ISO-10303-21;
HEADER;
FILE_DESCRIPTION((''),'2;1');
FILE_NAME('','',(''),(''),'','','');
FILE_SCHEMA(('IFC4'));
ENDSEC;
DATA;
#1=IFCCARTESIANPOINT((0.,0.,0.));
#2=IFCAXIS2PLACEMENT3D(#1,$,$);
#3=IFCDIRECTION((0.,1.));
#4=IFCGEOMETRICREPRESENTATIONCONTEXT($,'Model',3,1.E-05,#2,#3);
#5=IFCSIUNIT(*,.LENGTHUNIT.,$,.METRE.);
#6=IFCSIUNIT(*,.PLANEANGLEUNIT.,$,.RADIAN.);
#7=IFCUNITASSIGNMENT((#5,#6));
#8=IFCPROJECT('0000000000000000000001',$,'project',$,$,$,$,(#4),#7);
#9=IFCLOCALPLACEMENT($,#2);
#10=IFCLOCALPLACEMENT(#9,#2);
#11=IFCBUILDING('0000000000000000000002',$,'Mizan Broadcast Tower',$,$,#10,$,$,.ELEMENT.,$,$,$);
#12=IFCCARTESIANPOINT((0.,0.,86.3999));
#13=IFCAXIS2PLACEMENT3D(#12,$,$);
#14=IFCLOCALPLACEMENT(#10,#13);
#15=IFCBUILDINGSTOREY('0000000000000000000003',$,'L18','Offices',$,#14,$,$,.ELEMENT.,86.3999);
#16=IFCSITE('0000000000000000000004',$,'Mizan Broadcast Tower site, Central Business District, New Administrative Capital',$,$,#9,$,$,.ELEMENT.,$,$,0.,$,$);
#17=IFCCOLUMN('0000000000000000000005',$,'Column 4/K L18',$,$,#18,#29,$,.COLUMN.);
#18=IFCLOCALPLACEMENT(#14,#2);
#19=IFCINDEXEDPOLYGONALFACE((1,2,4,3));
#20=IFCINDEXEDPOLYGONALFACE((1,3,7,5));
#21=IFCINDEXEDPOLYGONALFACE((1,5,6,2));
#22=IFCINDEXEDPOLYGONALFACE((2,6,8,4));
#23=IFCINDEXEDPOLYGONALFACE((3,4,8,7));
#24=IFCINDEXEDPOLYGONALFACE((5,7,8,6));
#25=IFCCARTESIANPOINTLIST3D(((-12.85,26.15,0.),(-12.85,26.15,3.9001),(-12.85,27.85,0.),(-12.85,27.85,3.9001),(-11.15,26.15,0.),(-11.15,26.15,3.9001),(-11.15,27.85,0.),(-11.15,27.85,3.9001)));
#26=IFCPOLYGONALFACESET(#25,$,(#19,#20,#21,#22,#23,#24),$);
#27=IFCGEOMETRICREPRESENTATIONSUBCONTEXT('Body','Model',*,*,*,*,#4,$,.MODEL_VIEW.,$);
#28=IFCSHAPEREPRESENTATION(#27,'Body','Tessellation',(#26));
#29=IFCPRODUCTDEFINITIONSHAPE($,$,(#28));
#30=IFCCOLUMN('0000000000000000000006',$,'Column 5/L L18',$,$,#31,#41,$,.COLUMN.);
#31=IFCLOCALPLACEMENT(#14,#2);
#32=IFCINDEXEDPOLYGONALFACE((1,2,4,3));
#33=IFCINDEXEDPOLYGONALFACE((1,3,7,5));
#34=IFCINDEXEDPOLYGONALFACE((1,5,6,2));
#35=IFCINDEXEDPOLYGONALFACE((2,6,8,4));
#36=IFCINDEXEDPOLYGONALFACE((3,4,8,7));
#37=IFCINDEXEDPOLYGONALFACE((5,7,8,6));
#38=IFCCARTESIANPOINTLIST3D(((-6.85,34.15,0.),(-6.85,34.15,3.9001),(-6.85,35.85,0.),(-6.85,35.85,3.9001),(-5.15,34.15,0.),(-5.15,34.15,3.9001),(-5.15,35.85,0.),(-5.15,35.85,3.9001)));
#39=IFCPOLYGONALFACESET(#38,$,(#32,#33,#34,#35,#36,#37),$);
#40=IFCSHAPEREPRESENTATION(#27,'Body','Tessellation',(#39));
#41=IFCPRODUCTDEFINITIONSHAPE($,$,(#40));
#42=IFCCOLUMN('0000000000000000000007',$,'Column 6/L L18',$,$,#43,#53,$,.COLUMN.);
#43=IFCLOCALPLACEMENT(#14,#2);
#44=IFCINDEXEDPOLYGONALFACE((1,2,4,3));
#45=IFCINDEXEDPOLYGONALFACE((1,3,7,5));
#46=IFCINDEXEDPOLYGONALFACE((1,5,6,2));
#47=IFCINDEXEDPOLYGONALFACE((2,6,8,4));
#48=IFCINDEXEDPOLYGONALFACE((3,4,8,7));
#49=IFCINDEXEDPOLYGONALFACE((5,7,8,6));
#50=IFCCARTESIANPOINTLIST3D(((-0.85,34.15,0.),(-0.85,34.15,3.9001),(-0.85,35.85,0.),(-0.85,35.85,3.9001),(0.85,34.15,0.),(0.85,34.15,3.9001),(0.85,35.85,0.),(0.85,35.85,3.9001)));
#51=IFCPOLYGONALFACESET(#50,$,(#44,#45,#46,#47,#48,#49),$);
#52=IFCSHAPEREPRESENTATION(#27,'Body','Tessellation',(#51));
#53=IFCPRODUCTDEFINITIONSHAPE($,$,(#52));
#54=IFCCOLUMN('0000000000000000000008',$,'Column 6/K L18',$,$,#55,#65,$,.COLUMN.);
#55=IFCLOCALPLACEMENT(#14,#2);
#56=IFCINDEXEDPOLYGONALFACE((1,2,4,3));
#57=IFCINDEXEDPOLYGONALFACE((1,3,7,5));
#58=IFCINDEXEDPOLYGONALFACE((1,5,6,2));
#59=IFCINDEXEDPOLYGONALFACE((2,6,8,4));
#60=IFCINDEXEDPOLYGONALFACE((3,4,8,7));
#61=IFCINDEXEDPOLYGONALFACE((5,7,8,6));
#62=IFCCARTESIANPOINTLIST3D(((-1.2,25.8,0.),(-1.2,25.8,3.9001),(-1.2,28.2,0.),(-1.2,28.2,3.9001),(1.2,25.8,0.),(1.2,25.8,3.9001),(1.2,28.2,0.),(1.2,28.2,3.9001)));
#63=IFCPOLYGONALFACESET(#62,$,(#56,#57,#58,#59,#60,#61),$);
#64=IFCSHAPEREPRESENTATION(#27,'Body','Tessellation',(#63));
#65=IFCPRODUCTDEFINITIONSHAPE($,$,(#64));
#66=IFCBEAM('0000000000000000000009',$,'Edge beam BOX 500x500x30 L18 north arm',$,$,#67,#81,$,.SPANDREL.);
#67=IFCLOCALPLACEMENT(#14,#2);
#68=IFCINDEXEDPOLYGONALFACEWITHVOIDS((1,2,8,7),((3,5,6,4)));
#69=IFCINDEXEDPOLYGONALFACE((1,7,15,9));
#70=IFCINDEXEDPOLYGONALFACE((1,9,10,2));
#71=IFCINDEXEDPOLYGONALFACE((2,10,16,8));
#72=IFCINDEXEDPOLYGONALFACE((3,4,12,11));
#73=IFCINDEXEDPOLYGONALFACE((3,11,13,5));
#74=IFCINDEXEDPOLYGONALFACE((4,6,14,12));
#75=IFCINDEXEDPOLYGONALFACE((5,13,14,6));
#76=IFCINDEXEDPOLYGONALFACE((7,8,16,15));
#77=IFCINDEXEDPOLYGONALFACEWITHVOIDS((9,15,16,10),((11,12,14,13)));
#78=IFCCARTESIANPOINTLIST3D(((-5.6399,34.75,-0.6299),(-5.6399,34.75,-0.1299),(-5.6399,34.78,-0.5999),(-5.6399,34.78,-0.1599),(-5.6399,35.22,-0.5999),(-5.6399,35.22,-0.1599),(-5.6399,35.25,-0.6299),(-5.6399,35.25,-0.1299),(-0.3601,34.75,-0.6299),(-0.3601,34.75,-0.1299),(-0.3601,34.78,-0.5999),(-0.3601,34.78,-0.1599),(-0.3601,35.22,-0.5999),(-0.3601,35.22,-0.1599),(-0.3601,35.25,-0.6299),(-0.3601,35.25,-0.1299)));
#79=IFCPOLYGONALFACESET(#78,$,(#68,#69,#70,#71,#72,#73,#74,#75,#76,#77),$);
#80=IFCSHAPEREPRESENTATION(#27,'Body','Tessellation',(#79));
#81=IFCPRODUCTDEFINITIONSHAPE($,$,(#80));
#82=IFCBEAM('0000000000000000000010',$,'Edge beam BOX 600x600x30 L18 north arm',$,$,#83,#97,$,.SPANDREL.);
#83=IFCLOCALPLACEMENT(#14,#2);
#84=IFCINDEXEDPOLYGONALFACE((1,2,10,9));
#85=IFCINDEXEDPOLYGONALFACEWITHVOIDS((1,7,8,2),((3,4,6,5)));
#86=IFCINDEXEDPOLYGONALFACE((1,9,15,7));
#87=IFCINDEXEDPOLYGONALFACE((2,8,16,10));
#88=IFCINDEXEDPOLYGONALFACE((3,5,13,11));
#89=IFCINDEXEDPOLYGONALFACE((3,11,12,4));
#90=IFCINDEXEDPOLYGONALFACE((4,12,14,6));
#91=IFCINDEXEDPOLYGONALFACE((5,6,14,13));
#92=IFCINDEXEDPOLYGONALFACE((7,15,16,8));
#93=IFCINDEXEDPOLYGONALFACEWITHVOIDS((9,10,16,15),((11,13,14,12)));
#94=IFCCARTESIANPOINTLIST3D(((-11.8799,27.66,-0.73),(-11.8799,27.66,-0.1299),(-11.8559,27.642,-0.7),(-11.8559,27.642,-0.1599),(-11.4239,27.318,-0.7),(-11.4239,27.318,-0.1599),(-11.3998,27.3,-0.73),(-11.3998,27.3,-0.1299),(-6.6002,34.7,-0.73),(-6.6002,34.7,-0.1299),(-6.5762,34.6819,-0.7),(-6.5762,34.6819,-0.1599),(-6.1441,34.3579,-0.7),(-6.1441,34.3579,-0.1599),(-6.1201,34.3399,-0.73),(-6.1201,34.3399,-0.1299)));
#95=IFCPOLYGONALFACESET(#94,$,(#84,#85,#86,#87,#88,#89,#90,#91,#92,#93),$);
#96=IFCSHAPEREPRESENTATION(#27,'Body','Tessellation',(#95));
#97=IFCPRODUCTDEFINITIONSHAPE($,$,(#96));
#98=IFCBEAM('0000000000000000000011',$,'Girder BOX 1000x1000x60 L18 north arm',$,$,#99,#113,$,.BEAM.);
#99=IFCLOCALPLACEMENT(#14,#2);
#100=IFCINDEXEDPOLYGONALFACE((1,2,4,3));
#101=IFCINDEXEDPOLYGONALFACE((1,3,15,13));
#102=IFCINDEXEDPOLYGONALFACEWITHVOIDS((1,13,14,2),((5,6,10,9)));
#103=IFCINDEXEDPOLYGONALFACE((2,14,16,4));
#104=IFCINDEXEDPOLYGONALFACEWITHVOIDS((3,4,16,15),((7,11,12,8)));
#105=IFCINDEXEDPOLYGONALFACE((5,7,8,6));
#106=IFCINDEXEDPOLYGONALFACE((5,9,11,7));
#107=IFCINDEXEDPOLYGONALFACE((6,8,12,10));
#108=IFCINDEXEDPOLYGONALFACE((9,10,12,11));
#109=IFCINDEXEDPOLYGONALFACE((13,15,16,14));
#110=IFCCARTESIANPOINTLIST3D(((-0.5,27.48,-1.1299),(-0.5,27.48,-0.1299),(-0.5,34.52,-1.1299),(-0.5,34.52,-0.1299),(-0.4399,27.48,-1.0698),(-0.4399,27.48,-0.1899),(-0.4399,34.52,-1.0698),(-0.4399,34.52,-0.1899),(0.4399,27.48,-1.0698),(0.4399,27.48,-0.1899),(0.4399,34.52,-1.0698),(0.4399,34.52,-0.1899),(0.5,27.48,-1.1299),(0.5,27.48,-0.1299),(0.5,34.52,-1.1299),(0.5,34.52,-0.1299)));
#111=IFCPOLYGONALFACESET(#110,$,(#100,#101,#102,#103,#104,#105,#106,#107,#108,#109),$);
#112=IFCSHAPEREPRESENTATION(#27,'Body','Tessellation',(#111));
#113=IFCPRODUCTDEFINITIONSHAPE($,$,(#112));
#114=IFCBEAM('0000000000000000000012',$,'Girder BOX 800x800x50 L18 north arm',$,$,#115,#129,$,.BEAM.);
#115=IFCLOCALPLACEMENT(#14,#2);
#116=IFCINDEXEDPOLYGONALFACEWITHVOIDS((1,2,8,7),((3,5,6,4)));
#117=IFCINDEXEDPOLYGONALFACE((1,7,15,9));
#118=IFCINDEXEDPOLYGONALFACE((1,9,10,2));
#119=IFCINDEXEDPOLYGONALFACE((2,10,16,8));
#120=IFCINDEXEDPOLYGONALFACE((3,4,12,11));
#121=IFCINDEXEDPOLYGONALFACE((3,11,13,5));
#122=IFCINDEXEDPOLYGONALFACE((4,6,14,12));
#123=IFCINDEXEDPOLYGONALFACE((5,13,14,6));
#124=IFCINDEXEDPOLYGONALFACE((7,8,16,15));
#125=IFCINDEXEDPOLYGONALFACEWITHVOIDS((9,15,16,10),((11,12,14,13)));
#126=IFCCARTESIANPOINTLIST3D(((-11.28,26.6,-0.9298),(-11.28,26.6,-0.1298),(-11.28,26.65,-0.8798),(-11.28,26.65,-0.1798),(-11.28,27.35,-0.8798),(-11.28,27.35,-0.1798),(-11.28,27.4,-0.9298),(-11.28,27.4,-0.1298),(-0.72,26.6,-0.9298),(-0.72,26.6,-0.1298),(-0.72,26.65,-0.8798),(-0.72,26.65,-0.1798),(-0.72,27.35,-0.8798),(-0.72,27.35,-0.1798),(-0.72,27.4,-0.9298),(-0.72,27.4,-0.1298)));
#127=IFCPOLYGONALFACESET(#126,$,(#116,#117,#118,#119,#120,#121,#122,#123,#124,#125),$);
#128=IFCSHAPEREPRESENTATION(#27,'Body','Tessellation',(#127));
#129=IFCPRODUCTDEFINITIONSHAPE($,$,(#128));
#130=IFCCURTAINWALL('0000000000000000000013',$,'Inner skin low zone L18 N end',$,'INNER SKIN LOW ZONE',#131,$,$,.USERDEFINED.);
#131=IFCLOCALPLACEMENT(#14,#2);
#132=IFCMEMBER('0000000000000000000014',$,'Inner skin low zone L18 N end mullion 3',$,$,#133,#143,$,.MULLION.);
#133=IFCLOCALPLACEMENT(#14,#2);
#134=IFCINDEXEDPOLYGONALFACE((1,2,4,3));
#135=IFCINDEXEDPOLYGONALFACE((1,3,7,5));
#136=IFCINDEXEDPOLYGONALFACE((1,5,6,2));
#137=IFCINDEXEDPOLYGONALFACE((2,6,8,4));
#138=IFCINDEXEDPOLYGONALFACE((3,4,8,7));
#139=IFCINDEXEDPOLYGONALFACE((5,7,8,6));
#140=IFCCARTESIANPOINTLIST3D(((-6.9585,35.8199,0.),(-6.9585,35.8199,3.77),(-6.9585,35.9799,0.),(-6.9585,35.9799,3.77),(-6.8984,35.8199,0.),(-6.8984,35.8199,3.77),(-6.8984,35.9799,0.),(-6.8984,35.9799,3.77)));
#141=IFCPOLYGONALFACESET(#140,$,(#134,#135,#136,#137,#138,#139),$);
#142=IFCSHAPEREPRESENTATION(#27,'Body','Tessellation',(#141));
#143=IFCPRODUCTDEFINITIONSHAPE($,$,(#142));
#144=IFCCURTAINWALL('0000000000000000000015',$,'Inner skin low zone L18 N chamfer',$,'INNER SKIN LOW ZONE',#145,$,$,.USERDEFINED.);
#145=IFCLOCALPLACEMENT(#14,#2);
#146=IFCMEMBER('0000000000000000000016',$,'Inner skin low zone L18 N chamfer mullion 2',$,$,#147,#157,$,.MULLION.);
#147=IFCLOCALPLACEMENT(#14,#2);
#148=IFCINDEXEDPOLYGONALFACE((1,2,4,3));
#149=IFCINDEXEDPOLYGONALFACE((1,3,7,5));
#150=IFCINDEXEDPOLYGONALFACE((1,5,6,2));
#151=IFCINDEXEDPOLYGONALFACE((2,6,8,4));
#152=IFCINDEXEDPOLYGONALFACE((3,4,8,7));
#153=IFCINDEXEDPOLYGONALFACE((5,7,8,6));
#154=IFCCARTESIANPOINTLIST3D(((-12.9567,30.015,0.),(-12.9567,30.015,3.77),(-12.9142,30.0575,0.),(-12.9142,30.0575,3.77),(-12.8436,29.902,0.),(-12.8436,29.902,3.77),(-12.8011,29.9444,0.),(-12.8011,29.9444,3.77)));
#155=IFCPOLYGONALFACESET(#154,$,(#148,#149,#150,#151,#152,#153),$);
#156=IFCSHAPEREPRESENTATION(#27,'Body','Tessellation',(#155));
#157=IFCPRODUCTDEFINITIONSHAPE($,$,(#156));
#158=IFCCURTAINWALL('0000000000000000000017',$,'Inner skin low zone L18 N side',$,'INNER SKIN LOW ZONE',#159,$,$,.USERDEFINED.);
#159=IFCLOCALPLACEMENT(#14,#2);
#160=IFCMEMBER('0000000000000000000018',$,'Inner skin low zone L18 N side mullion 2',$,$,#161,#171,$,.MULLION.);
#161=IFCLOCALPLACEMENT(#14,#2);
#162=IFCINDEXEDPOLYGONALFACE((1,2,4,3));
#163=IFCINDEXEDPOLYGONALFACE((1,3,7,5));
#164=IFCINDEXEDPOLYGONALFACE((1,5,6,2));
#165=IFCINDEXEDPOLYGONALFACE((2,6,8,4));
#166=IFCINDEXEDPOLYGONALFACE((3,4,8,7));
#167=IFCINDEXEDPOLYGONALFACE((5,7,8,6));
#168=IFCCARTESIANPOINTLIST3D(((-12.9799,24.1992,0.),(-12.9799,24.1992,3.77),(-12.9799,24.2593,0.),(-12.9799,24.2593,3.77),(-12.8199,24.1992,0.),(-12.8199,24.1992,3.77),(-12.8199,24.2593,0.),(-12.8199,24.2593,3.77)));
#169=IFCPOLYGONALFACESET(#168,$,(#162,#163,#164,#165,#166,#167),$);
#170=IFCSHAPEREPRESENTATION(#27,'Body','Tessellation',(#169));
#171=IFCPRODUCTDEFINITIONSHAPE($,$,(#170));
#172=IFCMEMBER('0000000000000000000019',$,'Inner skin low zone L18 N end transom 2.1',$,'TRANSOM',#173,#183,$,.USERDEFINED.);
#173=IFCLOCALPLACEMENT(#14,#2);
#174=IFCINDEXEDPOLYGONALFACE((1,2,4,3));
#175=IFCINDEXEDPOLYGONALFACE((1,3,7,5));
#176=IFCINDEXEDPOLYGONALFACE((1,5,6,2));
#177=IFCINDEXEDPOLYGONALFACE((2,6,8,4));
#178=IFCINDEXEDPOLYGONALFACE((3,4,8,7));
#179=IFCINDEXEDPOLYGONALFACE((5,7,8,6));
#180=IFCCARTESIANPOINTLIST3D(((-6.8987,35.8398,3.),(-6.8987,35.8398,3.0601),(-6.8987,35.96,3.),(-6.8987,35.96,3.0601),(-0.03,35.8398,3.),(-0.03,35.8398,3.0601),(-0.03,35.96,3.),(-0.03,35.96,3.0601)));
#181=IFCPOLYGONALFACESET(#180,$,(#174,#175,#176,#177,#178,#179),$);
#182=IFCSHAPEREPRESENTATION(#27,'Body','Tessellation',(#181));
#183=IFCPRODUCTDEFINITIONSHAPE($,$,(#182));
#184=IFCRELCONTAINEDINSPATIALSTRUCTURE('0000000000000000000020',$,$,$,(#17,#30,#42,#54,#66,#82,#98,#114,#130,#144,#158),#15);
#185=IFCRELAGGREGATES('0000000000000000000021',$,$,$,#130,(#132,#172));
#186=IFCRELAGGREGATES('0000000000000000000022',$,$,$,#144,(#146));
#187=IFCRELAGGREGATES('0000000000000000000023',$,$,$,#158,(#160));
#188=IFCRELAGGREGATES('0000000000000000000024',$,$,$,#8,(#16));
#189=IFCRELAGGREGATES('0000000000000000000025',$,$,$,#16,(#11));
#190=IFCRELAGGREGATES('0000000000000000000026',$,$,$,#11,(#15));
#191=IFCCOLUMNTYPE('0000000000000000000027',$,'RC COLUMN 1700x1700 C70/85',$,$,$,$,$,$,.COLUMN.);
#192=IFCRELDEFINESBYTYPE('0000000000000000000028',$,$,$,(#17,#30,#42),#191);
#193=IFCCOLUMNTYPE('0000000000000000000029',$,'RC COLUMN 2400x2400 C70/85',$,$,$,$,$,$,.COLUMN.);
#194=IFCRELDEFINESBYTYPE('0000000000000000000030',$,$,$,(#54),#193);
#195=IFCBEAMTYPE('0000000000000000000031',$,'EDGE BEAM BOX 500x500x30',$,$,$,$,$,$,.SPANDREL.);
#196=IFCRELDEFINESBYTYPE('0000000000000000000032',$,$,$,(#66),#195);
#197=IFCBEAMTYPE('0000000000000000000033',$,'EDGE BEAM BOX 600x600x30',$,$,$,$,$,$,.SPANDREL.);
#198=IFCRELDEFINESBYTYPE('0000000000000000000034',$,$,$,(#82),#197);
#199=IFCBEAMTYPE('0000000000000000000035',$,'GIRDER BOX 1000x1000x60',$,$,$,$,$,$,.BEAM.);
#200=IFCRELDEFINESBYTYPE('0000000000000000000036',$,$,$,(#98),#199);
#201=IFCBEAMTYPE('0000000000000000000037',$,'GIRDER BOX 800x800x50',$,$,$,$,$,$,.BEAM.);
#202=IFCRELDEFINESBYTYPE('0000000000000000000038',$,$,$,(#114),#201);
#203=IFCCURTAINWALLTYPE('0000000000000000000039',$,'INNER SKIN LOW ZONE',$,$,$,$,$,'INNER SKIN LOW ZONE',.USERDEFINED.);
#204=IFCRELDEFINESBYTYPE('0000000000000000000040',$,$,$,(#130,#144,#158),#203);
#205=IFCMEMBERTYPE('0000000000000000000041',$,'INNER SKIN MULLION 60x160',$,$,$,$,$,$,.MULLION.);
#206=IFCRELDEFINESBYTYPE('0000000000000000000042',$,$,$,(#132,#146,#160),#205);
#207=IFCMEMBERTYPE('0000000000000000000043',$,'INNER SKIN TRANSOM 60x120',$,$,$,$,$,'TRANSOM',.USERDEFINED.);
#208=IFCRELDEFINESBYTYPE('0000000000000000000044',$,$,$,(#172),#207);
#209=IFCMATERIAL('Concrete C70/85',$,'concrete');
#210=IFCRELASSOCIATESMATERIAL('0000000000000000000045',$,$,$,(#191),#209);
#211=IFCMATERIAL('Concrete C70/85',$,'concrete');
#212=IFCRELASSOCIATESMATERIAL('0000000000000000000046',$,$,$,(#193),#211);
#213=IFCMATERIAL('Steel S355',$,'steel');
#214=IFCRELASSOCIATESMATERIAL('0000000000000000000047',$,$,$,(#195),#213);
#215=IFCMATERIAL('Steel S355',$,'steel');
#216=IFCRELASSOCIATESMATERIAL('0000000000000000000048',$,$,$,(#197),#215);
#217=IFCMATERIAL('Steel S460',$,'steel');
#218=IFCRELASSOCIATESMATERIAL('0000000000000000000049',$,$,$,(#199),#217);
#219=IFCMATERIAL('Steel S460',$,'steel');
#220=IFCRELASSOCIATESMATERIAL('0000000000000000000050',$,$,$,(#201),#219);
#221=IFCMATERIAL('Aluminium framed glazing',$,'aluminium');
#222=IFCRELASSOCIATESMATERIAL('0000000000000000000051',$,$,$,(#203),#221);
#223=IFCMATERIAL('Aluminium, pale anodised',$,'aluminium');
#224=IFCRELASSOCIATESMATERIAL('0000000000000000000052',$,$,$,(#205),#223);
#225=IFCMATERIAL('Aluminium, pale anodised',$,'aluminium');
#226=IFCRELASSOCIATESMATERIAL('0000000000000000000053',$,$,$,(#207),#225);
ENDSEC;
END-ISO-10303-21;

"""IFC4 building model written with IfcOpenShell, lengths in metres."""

from ifc_helpers import new_model, si_unit, direction, frame, origin, origin_2d, place, context, subcontext, project, spatial, rectangle, hollow_rectangle, extrude, material, material_profile, profile_set, type_object, element, aggregate, save


model = new_model("IFC4")

# Units and contexts
model_context = context("Model", 3, precision=1e-05, world=origin(), true_north=direction((0.0, 1.0)))
body_context = subcontext(model_context, "Body", "Model", "MODEL_VIEW")
ifc_project = project(units=[si_unit("LENGTHUNIT", "METRE"), si_unit("PLANEANGLEUNIT", "RADIAN")], contexts=[model_context])

# Site, building, storey
site_placement = place(None, origin())
site = spatial("IfcSite", under=ifc_project, at=site_placement, Name="Mizan Broadcast Tower site, Central Business District, New Administrative Capital", CompositionType="ELEMENT", RefElevation=0.0)
building_placement = place(site_placement, origin())
building = spatial("IfcBuilding", under=site, at=building_placement, Name="Mizan Broadcast Tower", CompositionType="ELEMENT")
storey_placement = place(building_placement, frame((0.0, 0.0, 86.3999)))
storey = spatial("IfcBuildingStorey", under=building, at=storey_placement, Name="L18", Description="Offices", CompositionType="ELEMENT", Elevation=86.3999)

# Columns
ifc_material_1 = material(Name="Concrete C70/85", Category="concrete")
ifc_material_profile_1 = material_profile(ifc_material_1, rectangle(XDim=1.7, YDim=1.7, at=origin_2d()), Name="RC 1700x1700")
ifc_profile_set_1 = profile_set([ifc_material_profile_1], Name="Concrete C70/85")
column_type_1 = type_object("IfcColumnType", Name="RC COLUMN 1700x1700 C70/85", PredefinedType="COLUMN", material=ifc_profile_set_1)
for number, where, z_axis, x_axis, name in (
    (1, (-12.0, 27.0, 0.0), (0.0, 0.0, 1.0), (1.0, 0.0, 0.0), "Column 4/K L18"),
    (2, (-6.0, 35.0, 0.0), (0.0, 0.0, 1.0), (1.0, 0.0, 0.0), "Column 5/L L18"),
    (3, (0.0, 35.0, 0.0), (0.0, 0.0, 1.0), (1.0, 0.0, 0.0), "Column 6/L L18"),
):
    element("IfcColumn", number, at=place(storey_placement, frame(where, z_axis=z_axis, x_axis=x_axis)), inside=storey, type_object=column_type_1, Name=name, PredefinedType="COLUMN", context=body_context, shape_type="SweptSolid", body=[
        extrude(rectangle(XDim=1.7, YDim=1.7, at=origin_2d()), origin(), (0.0, 0.0, 1.0), 3.9001),
    ])
ifc_material_2 = material(Name="Concrete C70/85", Category="concrete")
ifc_material_profile_2 = material_profile(ifc_material_2, rectangle(XDim=2.3999, YDim=2.3999, at=origin_2d()), Name="RC 2400x2400")
ifc_profile_set_2 = profile_set([ifc_material_profile_2], Name="Concrete C70/85")
column_type_2 = type_object("IfcColumnType", Name="RC COLUMN 2400x2400 C70/85", PredefinedType="COLUMN", material=ifc_profile_set_2)
column_placement = place(storey_placement, frame((0.0, 27.0, 0.0), z_axis=(0.0, 0.0, 1.0), x_axis=(1.0, 0.0, 0.0)))
element("IfcColumn", 4, at=column_placement, inside=storey, type_object=column_type_2, Name="Column 6/K L18", PredefinedType="COLUMN", context=body_context, shape_type="SweptSolid", body=[
    extrude(rectangle(XDim=2.3999, YDim=2.3999, at=origin_2d()), origin(), (0.0, 0.0, 1.0), 3.9001),
])

# Beams
ifc_material_3 = material(Name="Steel S355", Category="steel")
ifc_material_profile_3 = material_profile(ifc_material_3, hollow_rectangle(XDim=0.5, YDim=0.5, WallThickness=0.03, at=origin_2d()), Name="BOX 500x500x30")
ifc_profile_set_3 = profile_set([ifc_material_profile_3], Name="Steel S355")
beam_type_1 = type_object("IfcBeamType", Name="EDGE BEAM BOX 500x500x30", PredefinedType="SPANDREL", material=ifc_profile_set_3)
beam_1_placement = place(storey_placement, frame((-5.6399, 35.0, -0.3799), z_axis=(1.0, 0.0, 0.0), x_axis=(0.0, 1.0, 0.0)))
element("IfcBeam", 5, at=beam_1_placement, inside=storey, type_object=beam_type_1, Name="Edge beam BOX 500x500x30 L18 north arm", PredefinedType="SPANDREL", context=body_context, shape_type="SweptSolid", body=[
    extrude(hollow_rectangle(XDim=0.5, YDim=0.5, WallThickness=0.03, at=origin_2d()), origin(), (0.0, 0.0, 1.0), 5.2798),
])
ifc_material_4 = material(Name="Steel S355", Category="steel")
ifc_material_profile_4 = material_profile(ifc_material_4, hollow_rectangle(XDim=0.6001, YDim=0.6001, WallThickness=0.03, at=origin_2d()), Name="BOX 600x600x30")
ifc_profile_set_4 = profile_set([ifc_material_profile_4], Name="Steel S355")
beam_type_2 = type_object("IfcBeamType", Name="EDGE BEAM BOX 600x600x30", PredefinedType="SPANDREL", material=ifc_profile_set_4)
beam_2_placement = place(storey_placement, frame((-11.6399, 27.48, -0.4299), z_axis=(0.599982, 0.800013, 0.0), x_axis=(-0.800013, 0.599982, 0.0)))
element("IfcBeam", 6, at=beam_2_placement, inside=storey, type_object=beam_type_2, Name="Edge beam BOX 600x600x30 L18 north arm", PredefinedType="SPANDREL", context=body_context, shape_type="SweptSolid", body=[
    extrude(hollow_rectangle(XDim=0.6001, YDim=0.6001, WallThickness=0.03, at=origin_2d()), origin(), (0.0, 0.0, 1.0), 8.7998),
])
ifc_material_5 = material(Name="Steel S460", Category="steel")
ifc_material_profile_5 = material_profile(ifc_material_5, hollow_rectangle(XDim=1.0, YDim=1.0, WallThickness=0.0601, at=origin_2d()), Name="BOX 1000x1000x60")
ifc_profile_set_5 = profile_set([ifc_material_profile_5], Name="Steel S460")
beam_type_3 = type_object("IfcBeamType", Name="GIRDER BOX 1000x1000x60", PredefinedType="BEAM", material=ifc_profile_set_5)
beam_3_placement = place(storey_placement, frame((0.0, 27.48, -0.6299), z_axis=(0.0, 1.0, 0.0), x_axis=(-1.0, 0.0, 0.0)))
element("IfcBeam", 7, at=beam_3_placement, inside=storey, type_object=beam_type_3, Name="Girder BOX 1000x1000x60 L18 north arm", PredefinedType="BEAM", context=body_context, shape_type="SweptSolid", body=[
    extrude(hollow_rectangle(XDim=1.0, YDim=1.0, WallThickness=0.0601, at=origin_2d()), origin(), (0.0, 0.0, 1.0), 7.04),
])
ifc_material_6 = material(Name="Steel S460", Category="steel")
ifc_material_profile_6 = material_profile(ifc_material_6, hollow_rectangle(XDim=0.8, YDim=0.8, WallThickness=0.05, at=origin_2d()), Name="BOX 800x800x50")
ifc_profile_set_6 = profile_set([ifc_material_profile_6], Name="Steel S460")
beam_type_4 = type_object("IfcBeamType", Name="GIRDER BOX 800x800x50", PredefinedType="BEAM", material=ifc_profile_set_6)
beam_4_placement = place(storey_placement, frame((-11.28, 27.0, -0.5298), z_axis=(1.0, 0.0, 0.0), x_axis=(0.0, 1.0, 0.0)))
element("IfcBeam", 8, at=beam_4_placement, inside=storey, type_object=beam_type_4, Name="Girder BOX 800x800x50 L18 north arm", PredefinedType="BEAM", context=body_context, shape_type="SweptSolid", body=[
    extrude(hollow_rectangle(XDim=0.8, YDim=0.8, WallThickness=0.05, at=origin_2d()), origin(), (0.0, 0.0, 1.0), 10.5601),
])

# Curtain walls, members
ifc_material_7 = material(Name="Aluminium framed glazing", Category="aluminium")
curtain_wall_type_1 = type_object("IfcCurtainWallType", Name="INNER SKIN LOW ZONE", ElementType="INNER SKIN LOW ZONE", PredefinedType="USERDEFINED", material=ifc_material_7)
curtain_wall_1_placement = place(storey_placement, origin())
curtain_wall_1 = element("IfcCurtainWall", 9, at=curtain_wall_1_placement, inside=storey, type_object=curtain_wall_type_1, Name="Inner skin low zone L18 N end", ObjectType="INNER SKIN LOW ZONE", PredefinedType="USERDEFINED")
ifc_material_8 = material(Name="Aluminium, pale anodised", Category="aluminium")
ifc_material_profile_7 = material_profile(ifc_material_8, rectangle(XDim=0.1599, YDim=0.0601, at=origin_2d()), Name="MULLION 160x60")
ifc_profile_set_7 = profile_set([ifc_material_profile_7], Name="Aluminium, pale anodised")
member_type_1 = type_object("IfcMemberType", Name="INNER SKIN MULLION 60x160", PredefinedType="MULLION", material=ifc_profile_set_7)
member_1_placement = place(storey_placement, frame((-6.9285, 35.8999, 0.0), z_axis=(0.0, 0.0, 1.0), x_axis=(0.0, -1.0, 0.0)))
member_1 = element("IfcMember", 10, at=member_1_placement, type_object=member_type_1, Name="Inner skin low zone L18 N end mullion 3", PredefinedType="MULLION", context=body_context, shape_type="SweptSolid", body=[
    extrude(rectangle(XDim=0.1599, YDim=0.0601, at=origin_2d()), origin(), (0.0, 0.0, 1.0), 3.77),
])
curtain_wall_2_placement = place(storey_placement, origin())
curtain_wall_2 = element("IfcCurtainWall", 11, at=curtain_wall_2_placement, inside=storey, type_object=curtain_wall_type_1, Name="Inner skin low zone L18 N chamfer", ObjectType="INNER SKIN LOW ZONE", PredefinedType="USERDEFINED")
member_2_placement = place(storey_placement, frame((-12.8789, 29.9797, 0.0), z_axis=(0.0, 0.0, 1.0), x_axis=(0.707107, -0.707107, 0.0)))
member_2 = element("IfcMember", 12, at=member_2_placement, type_object=member_type_1, Name="Inner skin low zone L18 N chamfer mullion 2", PredefinedType="MULLION", context=body_context, shape_type="SweptSolid", body=[
    extrude(rectangle(XDim=0.1599, YDim=0.0601, at=origin_2d()), origin(), (0.0, 0.0, 1.0), 3.77),
])
curtain_wall_3_placement = place(storey_placement, origin())
curtain_wall_3 = element("IfcCurtainWall", 13, at=curtain_wall_3_placement, inside=storey, type_object=curtain_wall_type_1, Name="Inner skin low zone L18 N side", ObjectType="INNER SKIN LOW ZONE", PredefinedType="USERDEFINED")
member_3_placement = place(storey_placement, frame((-12.8999, 24.2292, 0.0), z_axis=(0.0, 0.0, 1.0), x_axis=(1.0, 0.0, 0.0)))
member_3 = element("IfcMember", 14, at=member_3_placement, type_object=member_type_1, Name="Inner skin low zone L18 N side mullion 2", PredefinedType="MULLION", context=body_context, shape_type="SweptSolid", body=[
    extrude(rectangle(XDim=0.1599, YDim=0.0601, at=origin_2d()), origin(), (0.0, 0.0, 1.0), 3.77),
])

# Member
ifc_material_9 = material(Name="Aluminium, pale anodised", Category="aluminium")
ifc_material_profile_8 = material_profile(ifc_material_9, rectangle(XDim=0.1201, YDim=0.0601, at=origin_2d()), Name="TRANSOM 120x60")
ifc_profile_set_8 = profile_set([ifc_material_profile_8], Name="Aluminium, pale anodised")
member_type_2 = type_object("IfcMemberType", Name="INNER SKIN TRANSOM 60x120", ElementType="TRANSOM", PredefinedType="USERDEFINED", material=ifc_profile_set_8)
member_4_placement = place(storey_placement, frame((-0.03, 35.8999, 3.03), z_axis=(-1.0, 0.0, 0.0), x_axis=(0.0, -1.0, 0.0)))
member_4 = element("IfcMember", 15, at=member_4_placement, type_object=member_type_2, Name="Inner skin low zone L18 N end transom 2.1", ObjectType="TRANSOM", PredefinedType="USERDEFINED", context=body_context, shape_type="SweptSolid", body=[
    extrude(rectangle(XDim=0.1201, YDim=0.0601, at=origin_2d()), origin(), (0.0, 0.0, 1.0), 6.8687),
])

aggregate(curtain_wall_1, [member_1, member_4])
aggregate(curtain_wall_2, [member_2])
aggregate(curtain_wall_3, [member_3])

save(model, "model.ifc")
